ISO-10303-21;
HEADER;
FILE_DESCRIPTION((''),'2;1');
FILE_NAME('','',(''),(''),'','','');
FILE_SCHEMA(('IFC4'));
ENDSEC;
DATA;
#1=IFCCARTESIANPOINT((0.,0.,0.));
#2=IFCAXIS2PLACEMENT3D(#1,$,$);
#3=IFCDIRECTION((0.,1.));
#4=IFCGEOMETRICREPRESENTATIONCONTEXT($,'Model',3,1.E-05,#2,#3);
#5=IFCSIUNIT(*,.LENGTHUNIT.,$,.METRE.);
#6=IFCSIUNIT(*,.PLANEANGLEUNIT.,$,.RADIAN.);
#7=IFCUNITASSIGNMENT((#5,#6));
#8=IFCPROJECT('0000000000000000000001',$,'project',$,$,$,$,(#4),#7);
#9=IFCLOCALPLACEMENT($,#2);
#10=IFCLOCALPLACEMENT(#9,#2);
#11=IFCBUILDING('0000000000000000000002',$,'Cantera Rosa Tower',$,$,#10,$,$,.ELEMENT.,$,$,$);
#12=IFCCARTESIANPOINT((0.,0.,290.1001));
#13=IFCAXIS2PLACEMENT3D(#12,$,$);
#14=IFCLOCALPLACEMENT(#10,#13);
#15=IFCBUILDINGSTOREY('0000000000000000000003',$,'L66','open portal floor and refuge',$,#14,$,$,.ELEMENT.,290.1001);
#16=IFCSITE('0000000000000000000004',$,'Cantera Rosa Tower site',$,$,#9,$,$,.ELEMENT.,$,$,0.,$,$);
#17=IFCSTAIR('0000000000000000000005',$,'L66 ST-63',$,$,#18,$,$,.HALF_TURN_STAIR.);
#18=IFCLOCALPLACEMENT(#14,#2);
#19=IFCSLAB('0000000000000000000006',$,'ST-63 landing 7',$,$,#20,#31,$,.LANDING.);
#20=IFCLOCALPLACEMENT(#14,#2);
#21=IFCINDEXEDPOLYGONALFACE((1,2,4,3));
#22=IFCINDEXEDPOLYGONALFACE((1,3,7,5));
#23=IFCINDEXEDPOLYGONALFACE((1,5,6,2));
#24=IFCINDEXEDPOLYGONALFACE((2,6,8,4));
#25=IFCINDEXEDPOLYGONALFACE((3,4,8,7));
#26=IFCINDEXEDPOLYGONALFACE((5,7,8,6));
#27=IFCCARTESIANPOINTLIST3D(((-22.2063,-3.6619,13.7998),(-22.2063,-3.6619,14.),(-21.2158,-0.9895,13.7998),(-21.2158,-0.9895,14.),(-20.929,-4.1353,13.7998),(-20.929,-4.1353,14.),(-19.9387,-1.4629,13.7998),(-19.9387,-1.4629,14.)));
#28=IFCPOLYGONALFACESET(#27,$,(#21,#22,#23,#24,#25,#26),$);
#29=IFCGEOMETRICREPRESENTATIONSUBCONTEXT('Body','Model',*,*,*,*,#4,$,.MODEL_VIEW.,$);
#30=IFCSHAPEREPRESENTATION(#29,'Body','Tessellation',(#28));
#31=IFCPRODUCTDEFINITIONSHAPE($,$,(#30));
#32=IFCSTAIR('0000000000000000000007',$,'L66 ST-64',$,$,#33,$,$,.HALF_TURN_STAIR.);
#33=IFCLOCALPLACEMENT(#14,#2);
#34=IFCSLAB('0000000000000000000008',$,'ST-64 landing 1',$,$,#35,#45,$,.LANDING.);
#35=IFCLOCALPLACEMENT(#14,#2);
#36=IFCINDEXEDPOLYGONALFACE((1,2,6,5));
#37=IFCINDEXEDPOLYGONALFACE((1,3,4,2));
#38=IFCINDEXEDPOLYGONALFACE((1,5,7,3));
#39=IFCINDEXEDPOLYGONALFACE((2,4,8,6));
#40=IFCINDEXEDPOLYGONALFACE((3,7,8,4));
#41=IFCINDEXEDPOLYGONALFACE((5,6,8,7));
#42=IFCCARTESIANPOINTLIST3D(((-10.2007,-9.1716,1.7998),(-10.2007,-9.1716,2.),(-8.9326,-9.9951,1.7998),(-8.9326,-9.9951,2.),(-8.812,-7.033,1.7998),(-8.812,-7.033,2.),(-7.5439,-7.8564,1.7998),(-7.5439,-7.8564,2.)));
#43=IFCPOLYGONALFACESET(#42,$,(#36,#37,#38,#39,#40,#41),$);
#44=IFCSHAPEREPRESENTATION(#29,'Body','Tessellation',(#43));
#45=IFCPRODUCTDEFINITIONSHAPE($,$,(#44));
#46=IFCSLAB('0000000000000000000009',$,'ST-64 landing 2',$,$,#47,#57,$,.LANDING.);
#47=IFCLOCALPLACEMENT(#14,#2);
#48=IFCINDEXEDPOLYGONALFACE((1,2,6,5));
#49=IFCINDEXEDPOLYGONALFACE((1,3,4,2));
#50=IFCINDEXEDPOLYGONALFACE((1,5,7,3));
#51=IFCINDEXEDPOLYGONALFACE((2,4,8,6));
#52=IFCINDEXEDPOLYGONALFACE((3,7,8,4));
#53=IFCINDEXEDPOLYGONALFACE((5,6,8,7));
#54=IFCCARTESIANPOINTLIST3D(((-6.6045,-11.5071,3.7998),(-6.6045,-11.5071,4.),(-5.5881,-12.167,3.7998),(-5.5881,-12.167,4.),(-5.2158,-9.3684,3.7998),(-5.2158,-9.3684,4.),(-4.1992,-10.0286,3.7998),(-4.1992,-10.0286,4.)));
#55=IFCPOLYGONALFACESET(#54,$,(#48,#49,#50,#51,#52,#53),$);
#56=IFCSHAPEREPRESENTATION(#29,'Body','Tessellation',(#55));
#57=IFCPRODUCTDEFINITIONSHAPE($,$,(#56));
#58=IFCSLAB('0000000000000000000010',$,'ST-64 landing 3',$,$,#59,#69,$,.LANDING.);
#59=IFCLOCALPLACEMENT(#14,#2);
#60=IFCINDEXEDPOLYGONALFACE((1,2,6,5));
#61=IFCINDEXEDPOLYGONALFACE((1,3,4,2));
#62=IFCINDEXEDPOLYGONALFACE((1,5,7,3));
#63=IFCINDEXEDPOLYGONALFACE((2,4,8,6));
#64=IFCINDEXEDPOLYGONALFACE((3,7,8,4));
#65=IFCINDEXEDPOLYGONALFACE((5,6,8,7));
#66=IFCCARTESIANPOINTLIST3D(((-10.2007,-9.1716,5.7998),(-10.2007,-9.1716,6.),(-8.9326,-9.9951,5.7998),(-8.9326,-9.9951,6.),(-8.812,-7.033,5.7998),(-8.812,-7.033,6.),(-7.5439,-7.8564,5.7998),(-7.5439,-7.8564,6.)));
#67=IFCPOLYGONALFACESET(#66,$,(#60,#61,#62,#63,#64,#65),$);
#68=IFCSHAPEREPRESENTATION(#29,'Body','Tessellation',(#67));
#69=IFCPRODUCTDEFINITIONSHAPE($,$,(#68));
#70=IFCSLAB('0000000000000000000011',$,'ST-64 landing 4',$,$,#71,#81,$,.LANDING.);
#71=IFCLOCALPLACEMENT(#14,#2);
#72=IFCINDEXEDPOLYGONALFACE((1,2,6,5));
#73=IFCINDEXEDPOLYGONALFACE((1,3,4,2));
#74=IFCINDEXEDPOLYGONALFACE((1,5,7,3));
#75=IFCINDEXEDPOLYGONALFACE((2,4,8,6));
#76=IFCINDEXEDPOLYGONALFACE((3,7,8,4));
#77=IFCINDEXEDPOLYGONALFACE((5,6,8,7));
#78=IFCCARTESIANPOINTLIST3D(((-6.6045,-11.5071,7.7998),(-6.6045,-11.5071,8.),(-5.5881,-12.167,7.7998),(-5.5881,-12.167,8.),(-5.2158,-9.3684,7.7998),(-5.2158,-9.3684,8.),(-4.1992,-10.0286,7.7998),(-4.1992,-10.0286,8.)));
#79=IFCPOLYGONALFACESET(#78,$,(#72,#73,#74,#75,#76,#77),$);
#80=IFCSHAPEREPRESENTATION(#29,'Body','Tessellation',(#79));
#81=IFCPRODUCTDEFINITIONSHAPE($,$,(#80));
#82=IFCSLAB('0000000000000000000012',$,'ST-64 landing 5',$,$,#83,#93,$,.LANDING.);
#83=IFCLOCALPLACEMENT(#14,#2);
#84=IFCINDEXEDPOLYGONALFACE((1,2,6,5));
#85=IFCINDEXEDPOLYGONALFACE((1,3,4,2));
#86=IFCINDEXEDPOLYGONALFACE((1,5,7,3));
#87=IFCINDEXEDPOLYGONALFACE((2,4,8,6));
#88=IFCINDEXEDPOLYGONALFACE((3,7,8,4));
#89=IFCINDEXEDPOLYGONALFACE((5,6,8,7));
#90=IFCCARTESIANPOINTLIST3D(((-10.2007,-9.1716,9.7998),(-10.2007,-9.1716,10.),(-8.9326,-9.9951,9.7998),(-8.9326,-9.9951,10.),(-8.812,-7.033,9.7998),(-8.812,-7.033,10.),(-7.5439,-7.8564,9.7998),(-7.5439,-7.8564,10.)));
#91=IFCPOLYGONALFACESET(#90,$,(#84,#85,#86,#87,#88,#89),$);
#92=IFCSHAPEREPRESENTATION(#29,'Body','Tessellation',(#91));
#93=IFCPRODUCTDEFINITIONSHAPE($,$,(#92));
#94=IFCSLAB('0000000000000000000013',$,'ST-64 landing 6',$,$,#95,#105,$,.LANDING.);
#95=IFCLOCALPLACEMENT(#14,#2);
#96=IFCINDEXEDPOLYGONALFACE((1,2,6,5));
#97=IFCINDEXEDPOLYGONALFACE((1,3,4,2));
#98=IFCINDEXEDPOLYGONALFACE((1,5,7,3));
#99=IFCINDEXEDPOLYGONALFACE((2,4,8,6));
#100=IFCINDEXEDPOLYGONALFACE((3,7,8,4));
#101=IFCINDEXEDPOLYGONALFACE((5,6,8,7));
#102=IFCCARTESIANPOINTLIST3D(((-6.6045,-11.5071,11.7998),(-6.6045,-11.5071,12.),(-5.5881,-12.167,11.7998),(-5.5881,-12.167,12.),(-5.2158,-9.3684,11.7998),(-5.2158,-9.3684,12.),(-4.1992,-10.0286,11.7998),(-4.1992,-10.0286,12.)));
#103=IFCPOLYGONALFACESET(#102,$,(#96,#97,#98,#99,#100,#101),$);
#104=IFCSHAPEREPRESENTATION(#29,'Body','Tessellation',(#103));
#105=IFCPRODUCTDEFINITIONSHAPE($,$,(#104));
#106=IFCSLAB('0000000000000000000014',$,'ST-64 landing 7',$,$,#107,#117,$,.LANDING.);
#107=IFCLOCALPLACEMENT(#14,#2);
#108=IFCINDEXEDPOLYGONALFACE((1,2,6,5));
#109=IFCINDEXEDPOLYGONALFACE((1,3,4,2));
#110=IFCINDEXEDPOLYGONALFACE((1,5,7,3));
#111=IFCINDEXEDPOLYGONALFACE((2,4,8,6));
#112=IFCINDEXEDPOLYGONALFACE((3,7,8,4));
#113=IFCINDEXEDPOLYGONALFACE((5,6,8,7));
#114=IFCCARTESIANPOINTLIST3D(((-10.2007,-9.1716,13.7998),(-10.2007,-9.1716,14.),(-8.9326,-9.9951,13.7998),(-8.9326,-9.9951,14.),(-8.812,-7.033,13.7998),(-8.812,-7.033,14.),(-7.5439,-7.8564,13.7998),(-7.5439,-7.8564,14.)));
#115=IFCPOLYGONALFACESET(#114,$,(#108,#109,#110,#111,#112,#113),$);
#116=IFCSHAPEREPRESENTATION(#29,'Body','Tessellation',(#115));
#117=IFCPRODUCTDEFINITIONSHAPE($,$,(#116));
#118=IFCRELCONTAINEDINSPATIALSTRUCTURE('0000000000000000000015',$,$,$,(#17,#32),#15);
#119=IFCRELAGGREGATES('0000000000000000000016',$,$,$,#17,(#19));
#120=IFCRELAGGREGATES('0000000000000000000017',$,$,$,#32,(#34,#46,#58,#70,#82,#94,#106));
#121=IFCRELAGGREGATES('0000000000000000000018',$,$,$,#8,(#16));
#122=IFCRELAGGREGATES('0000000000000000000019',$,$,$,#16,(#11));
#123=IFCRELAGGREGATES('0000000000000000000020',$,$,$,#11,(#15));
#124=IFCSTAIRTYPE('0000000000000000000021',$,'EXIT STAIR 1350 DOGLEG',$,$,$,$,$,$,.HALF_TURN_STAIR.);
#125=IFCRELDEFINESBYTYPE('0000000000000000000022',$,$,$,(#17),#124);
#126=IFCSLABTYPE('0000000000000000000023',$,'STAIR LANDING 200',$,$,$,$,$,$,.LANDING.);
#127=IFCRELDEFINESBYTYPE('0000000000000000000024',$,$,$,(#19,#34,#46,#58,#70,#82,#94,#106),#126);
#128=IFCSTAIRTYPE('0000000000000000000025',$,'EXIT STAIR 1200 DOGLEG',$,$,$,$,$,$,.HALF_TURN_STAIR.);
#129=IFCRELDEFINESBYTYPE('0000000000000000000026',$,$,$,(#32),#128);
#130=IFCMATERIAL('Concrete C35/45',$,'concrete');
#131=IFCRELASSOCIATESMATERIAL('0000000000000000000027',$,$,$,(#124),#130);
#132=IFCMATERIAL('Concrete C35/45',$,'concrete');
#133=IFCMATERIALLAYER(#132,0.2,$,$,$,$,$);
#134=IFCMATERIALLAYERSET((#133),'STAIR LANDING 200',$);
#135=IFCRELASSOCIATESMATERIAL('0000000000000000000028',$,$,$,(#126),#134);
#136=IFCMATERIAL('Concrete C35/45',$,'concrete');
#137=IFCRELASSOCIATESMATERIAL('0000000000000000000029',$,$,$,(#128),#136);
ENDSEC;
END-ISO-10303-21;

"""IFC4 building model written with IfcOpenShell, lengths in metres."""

from ifc_helpers import new_model, si_unit, direction, frame, origin, place, context, subcontext, project, spatial, polyline, outline, extrude, material, layer, layer_set, type_object, element, aggregate, save


model = new_model("IFC4")

# Units and contexts
model_context = context("Model", 3, precision=1e-05, world=origin(), true_north=direction((0.0, 1.0)))
body_context = subcontext(model_context, "Body", "Model", "MODEL_VIEW")
ifc_project = project(units=[si_unit("LENGTHUNIT", "METRE"), si_unit("PLANEANGLEUNIT", "RADIAN")], contexts=[model_context])

# Site, building, storey
site_placement = place(None, origin())
site = spatial("IfcSite", under=ifc_project, at=site_placement, Name="Cantera Rosa Tower site", CompositionType="ELEMENT", RefElevation=0.0)
building_placement = place(site_placement, origin())
building = spatial("IfcBuilding", under=site, at=building_placement, Name="Cantera Rosa Tower", CompositionType="ELEMENT")
storey_placement = place(building_placement, frame((0.0, 0.0, 290.1001)))
storey = spatial("IfcBuildingStorey", under=building, at=storey_placement, Name="L66", Description="open portal floor and refuge", CompositionType="ELEMENT", Elevation=290.1001)

# Stairs, slabs
ifc_material_1 = material(Name="Concrete C35/45", Category="concrete")
stair_type_1 = type_object("IfcStairType", Name="EXIT STAIR 1350 DOGLEG", PredefinedType="HALF_TURN_STAIR", material=ifc_material_1)
ifc_material_2 = material(Name="Concrete C35/45", Category="concrete")
ifc_layer = layer(ifc_material_2, 0.2)
ifc_layer_set = layer_set([ifc_layer], Name="STAIR LANDING 200")
slab_type = type_object("IfcSlabType", Name="STAIR LANDING 200", PredefinedType="LANDING", material=ifc_layer_set)
stair_1_placement = place(storey_placement, origin())
stair_1 = element("IfcStair", 1, at=stair_1_placement, inside=storey, type_object=stair_type_1, Name="L66 ST-63", PredefinedType="HALF_TURN_STAIR")
slab_1_placement = place(storey_placement, frame((0.0, 0.0, 13.7998)))
slab_1 = element("IfcSlab", 2, at=slab_1_placement, type_object=slab_type, Name="ST-63 landing 7", PredefinedType="LANDING", context=body_context, shape_type="SweptSolid", body=[
    extrude(outline(polyline([(-19.9387, -1.4629), (-21.2158, -0.9895), (-22.2063, -3.6619), (-20.929, -4.1353), (-19.9387, -1.4629)])), origin(), (0.0, 0.0, 1.0), 0.2002),
])
aggregate(stair_1, [slab_1])
ifc_material_3 = material(Name="Concrete C35/45", Category="concrete")
stair_type_2 = type_object("IfcStairType", Name="EXIT STAIR 1200 DOGLEG", PredefinedType="HALF_TURN_STAIR", material=ifc_material_3)
stair_2_placement = place(storey_placement, origin())
stair_2 = element("IfcStair", 3, at=stair_2_placement, inside=storey, type_object=stair_type_2, Name="L66 ST-64", PredefinedType="HALF_TURN_STAIR")
slab_2_placement = place(storey_placement, frame((0.0, 0.0, 1.7998)))
slab_2 = element("IfcSlab", 4, at=slab_2_placement, type_object=slab_type, Name="ST-64 landing 1", PredefinedType="LANDING", context=body_context, shape_type="SweptSolid", body=[
    extrude(outline(polyline([(-7.5439, -7.8564), (-8.812, -7.033), (-10.2007, -9.1716), (-8.9326, -9.9951), (-7.5439, -7.8564)])), origin(), (0.0, 0.0, 1.0), 0.2002),
])
slab_3_placement = place(storey_placement, frame((0.0, 0.0, 3.7998)))
slab_3 = element("IfcSlab", 5, at=slab_3_placement, type_object=slab_type, Name="ST-64 landing 2", PredefinedType="LANDING", context=body_context, shape_type="SweptSolid", body=[
    extrude(outline(polyline([(-4.1992, -10.0286), (-5.2158, -9.3684), (-6.6045, -11.5071), (-5.5881, -12.167), (-4.1992, -10.0286)])), origin(), (0.0, 0.0, 1.0), 0.2002),
])
slab_4_placement = place(storey_placement, frame((0.0, 0.0, 5.7998)))
slab_4 = element("IfcSlab", 6, at=slab_4_placement, type_object=slab_type, Name="ST-64 landing 3", PredefinedType="LANDING", context=body_context, shape_type="SweptSolid", body=[
    extrude(outline(polyline([(-7.5439, -7.8564), (-8.812, -7.033), (-10.2007, -9.1716), (-8.9326, -9.9951), (-7.5439, -7.8564)])), origin(), (0.0, 0.0, 1.0), 0.2002),
])
slab_5_placement = place(storey_placement, frame((0.0, 0.0, 7.7998)))
slab_5 = element("IfcSlab", 7, at=slab_5_placement, type_object=slab_type, Name="ST-64 landing 4", PredefinedType="LANDING", context=body_context, shape_type="SweptSolid", body=[
    extrude(outline(polyline([(-4.1992, -10.0286), (-5.2158, -9.3684), (-6.6045, -11.5071), (-5.5881, -12.167), (-4.1992, -10.0286)])), origin(), (0.0, 0.0, 1.0), 0.2002),
])
slab_6_placement = place(storey_placement, frame((0.0, 0.0, 9.7998)))
slab_6 = element("IfcSlab", 8, at=slab_6_placement, type_object=slab_type, Name="ST-64 landing 5", PredefinedType="LANDING", context=body_context, shape_type="SweptSolid", body=[
    extrude(outline(polyline([(-7.5439, -7.8564), (-8.812, -7.033), (-10.2007, -9.1716), (-8.9326, -9.9951), (-7.5439, -7.8564)])), origin(), (0.0, 0.0, 1.0), 0.2002),
])
slab_7_placement = place(storey_placement, frame((0.0, 0.0, 11.7998)))
slab_7 = element("IfcSlab", 9, at=slab_7_placement, type_object=slab_type, Name="ST-64 landing 6", PredefinedType="LANDING", context=body_context, shape_type="SweptSolid", body=[
    extrude(outline(polyline([(-4.1992, -10.0286), (-5.2158, -9.3684), (-6.6045, -11.5071), (-5.5881, -12.167), (-4.1992, -10.0286)])), origin(), (0.0, 0.0, 1.0), 0.2002),
])
slab_8_placement = place(storey_placement, frame((0.0, 0.0, 13.7998)))
slab_8 = element("IfcSlab", 10, at=slab_8_placement, type_object=slab_type, Name="ST-64 landing 7", PredefinedType="LANDING", context=body_context, shape_type="SweptSolid", body=[
    extrude(outline(polyline([(-7.5439, -7.8564), (-8.812, -7.033), (-10.2007, -9.1716), (-8.9326, -9.9951), (-7.5439, -7.8564)])), origin(), (0.0, 0.0, 1.0), 0.2002),
])
aggregate(stair_2, [slab_2, slab_3, slab_4, slab_5, slab_6, slab_7, slab_8])

save(model, "model.ifc")
